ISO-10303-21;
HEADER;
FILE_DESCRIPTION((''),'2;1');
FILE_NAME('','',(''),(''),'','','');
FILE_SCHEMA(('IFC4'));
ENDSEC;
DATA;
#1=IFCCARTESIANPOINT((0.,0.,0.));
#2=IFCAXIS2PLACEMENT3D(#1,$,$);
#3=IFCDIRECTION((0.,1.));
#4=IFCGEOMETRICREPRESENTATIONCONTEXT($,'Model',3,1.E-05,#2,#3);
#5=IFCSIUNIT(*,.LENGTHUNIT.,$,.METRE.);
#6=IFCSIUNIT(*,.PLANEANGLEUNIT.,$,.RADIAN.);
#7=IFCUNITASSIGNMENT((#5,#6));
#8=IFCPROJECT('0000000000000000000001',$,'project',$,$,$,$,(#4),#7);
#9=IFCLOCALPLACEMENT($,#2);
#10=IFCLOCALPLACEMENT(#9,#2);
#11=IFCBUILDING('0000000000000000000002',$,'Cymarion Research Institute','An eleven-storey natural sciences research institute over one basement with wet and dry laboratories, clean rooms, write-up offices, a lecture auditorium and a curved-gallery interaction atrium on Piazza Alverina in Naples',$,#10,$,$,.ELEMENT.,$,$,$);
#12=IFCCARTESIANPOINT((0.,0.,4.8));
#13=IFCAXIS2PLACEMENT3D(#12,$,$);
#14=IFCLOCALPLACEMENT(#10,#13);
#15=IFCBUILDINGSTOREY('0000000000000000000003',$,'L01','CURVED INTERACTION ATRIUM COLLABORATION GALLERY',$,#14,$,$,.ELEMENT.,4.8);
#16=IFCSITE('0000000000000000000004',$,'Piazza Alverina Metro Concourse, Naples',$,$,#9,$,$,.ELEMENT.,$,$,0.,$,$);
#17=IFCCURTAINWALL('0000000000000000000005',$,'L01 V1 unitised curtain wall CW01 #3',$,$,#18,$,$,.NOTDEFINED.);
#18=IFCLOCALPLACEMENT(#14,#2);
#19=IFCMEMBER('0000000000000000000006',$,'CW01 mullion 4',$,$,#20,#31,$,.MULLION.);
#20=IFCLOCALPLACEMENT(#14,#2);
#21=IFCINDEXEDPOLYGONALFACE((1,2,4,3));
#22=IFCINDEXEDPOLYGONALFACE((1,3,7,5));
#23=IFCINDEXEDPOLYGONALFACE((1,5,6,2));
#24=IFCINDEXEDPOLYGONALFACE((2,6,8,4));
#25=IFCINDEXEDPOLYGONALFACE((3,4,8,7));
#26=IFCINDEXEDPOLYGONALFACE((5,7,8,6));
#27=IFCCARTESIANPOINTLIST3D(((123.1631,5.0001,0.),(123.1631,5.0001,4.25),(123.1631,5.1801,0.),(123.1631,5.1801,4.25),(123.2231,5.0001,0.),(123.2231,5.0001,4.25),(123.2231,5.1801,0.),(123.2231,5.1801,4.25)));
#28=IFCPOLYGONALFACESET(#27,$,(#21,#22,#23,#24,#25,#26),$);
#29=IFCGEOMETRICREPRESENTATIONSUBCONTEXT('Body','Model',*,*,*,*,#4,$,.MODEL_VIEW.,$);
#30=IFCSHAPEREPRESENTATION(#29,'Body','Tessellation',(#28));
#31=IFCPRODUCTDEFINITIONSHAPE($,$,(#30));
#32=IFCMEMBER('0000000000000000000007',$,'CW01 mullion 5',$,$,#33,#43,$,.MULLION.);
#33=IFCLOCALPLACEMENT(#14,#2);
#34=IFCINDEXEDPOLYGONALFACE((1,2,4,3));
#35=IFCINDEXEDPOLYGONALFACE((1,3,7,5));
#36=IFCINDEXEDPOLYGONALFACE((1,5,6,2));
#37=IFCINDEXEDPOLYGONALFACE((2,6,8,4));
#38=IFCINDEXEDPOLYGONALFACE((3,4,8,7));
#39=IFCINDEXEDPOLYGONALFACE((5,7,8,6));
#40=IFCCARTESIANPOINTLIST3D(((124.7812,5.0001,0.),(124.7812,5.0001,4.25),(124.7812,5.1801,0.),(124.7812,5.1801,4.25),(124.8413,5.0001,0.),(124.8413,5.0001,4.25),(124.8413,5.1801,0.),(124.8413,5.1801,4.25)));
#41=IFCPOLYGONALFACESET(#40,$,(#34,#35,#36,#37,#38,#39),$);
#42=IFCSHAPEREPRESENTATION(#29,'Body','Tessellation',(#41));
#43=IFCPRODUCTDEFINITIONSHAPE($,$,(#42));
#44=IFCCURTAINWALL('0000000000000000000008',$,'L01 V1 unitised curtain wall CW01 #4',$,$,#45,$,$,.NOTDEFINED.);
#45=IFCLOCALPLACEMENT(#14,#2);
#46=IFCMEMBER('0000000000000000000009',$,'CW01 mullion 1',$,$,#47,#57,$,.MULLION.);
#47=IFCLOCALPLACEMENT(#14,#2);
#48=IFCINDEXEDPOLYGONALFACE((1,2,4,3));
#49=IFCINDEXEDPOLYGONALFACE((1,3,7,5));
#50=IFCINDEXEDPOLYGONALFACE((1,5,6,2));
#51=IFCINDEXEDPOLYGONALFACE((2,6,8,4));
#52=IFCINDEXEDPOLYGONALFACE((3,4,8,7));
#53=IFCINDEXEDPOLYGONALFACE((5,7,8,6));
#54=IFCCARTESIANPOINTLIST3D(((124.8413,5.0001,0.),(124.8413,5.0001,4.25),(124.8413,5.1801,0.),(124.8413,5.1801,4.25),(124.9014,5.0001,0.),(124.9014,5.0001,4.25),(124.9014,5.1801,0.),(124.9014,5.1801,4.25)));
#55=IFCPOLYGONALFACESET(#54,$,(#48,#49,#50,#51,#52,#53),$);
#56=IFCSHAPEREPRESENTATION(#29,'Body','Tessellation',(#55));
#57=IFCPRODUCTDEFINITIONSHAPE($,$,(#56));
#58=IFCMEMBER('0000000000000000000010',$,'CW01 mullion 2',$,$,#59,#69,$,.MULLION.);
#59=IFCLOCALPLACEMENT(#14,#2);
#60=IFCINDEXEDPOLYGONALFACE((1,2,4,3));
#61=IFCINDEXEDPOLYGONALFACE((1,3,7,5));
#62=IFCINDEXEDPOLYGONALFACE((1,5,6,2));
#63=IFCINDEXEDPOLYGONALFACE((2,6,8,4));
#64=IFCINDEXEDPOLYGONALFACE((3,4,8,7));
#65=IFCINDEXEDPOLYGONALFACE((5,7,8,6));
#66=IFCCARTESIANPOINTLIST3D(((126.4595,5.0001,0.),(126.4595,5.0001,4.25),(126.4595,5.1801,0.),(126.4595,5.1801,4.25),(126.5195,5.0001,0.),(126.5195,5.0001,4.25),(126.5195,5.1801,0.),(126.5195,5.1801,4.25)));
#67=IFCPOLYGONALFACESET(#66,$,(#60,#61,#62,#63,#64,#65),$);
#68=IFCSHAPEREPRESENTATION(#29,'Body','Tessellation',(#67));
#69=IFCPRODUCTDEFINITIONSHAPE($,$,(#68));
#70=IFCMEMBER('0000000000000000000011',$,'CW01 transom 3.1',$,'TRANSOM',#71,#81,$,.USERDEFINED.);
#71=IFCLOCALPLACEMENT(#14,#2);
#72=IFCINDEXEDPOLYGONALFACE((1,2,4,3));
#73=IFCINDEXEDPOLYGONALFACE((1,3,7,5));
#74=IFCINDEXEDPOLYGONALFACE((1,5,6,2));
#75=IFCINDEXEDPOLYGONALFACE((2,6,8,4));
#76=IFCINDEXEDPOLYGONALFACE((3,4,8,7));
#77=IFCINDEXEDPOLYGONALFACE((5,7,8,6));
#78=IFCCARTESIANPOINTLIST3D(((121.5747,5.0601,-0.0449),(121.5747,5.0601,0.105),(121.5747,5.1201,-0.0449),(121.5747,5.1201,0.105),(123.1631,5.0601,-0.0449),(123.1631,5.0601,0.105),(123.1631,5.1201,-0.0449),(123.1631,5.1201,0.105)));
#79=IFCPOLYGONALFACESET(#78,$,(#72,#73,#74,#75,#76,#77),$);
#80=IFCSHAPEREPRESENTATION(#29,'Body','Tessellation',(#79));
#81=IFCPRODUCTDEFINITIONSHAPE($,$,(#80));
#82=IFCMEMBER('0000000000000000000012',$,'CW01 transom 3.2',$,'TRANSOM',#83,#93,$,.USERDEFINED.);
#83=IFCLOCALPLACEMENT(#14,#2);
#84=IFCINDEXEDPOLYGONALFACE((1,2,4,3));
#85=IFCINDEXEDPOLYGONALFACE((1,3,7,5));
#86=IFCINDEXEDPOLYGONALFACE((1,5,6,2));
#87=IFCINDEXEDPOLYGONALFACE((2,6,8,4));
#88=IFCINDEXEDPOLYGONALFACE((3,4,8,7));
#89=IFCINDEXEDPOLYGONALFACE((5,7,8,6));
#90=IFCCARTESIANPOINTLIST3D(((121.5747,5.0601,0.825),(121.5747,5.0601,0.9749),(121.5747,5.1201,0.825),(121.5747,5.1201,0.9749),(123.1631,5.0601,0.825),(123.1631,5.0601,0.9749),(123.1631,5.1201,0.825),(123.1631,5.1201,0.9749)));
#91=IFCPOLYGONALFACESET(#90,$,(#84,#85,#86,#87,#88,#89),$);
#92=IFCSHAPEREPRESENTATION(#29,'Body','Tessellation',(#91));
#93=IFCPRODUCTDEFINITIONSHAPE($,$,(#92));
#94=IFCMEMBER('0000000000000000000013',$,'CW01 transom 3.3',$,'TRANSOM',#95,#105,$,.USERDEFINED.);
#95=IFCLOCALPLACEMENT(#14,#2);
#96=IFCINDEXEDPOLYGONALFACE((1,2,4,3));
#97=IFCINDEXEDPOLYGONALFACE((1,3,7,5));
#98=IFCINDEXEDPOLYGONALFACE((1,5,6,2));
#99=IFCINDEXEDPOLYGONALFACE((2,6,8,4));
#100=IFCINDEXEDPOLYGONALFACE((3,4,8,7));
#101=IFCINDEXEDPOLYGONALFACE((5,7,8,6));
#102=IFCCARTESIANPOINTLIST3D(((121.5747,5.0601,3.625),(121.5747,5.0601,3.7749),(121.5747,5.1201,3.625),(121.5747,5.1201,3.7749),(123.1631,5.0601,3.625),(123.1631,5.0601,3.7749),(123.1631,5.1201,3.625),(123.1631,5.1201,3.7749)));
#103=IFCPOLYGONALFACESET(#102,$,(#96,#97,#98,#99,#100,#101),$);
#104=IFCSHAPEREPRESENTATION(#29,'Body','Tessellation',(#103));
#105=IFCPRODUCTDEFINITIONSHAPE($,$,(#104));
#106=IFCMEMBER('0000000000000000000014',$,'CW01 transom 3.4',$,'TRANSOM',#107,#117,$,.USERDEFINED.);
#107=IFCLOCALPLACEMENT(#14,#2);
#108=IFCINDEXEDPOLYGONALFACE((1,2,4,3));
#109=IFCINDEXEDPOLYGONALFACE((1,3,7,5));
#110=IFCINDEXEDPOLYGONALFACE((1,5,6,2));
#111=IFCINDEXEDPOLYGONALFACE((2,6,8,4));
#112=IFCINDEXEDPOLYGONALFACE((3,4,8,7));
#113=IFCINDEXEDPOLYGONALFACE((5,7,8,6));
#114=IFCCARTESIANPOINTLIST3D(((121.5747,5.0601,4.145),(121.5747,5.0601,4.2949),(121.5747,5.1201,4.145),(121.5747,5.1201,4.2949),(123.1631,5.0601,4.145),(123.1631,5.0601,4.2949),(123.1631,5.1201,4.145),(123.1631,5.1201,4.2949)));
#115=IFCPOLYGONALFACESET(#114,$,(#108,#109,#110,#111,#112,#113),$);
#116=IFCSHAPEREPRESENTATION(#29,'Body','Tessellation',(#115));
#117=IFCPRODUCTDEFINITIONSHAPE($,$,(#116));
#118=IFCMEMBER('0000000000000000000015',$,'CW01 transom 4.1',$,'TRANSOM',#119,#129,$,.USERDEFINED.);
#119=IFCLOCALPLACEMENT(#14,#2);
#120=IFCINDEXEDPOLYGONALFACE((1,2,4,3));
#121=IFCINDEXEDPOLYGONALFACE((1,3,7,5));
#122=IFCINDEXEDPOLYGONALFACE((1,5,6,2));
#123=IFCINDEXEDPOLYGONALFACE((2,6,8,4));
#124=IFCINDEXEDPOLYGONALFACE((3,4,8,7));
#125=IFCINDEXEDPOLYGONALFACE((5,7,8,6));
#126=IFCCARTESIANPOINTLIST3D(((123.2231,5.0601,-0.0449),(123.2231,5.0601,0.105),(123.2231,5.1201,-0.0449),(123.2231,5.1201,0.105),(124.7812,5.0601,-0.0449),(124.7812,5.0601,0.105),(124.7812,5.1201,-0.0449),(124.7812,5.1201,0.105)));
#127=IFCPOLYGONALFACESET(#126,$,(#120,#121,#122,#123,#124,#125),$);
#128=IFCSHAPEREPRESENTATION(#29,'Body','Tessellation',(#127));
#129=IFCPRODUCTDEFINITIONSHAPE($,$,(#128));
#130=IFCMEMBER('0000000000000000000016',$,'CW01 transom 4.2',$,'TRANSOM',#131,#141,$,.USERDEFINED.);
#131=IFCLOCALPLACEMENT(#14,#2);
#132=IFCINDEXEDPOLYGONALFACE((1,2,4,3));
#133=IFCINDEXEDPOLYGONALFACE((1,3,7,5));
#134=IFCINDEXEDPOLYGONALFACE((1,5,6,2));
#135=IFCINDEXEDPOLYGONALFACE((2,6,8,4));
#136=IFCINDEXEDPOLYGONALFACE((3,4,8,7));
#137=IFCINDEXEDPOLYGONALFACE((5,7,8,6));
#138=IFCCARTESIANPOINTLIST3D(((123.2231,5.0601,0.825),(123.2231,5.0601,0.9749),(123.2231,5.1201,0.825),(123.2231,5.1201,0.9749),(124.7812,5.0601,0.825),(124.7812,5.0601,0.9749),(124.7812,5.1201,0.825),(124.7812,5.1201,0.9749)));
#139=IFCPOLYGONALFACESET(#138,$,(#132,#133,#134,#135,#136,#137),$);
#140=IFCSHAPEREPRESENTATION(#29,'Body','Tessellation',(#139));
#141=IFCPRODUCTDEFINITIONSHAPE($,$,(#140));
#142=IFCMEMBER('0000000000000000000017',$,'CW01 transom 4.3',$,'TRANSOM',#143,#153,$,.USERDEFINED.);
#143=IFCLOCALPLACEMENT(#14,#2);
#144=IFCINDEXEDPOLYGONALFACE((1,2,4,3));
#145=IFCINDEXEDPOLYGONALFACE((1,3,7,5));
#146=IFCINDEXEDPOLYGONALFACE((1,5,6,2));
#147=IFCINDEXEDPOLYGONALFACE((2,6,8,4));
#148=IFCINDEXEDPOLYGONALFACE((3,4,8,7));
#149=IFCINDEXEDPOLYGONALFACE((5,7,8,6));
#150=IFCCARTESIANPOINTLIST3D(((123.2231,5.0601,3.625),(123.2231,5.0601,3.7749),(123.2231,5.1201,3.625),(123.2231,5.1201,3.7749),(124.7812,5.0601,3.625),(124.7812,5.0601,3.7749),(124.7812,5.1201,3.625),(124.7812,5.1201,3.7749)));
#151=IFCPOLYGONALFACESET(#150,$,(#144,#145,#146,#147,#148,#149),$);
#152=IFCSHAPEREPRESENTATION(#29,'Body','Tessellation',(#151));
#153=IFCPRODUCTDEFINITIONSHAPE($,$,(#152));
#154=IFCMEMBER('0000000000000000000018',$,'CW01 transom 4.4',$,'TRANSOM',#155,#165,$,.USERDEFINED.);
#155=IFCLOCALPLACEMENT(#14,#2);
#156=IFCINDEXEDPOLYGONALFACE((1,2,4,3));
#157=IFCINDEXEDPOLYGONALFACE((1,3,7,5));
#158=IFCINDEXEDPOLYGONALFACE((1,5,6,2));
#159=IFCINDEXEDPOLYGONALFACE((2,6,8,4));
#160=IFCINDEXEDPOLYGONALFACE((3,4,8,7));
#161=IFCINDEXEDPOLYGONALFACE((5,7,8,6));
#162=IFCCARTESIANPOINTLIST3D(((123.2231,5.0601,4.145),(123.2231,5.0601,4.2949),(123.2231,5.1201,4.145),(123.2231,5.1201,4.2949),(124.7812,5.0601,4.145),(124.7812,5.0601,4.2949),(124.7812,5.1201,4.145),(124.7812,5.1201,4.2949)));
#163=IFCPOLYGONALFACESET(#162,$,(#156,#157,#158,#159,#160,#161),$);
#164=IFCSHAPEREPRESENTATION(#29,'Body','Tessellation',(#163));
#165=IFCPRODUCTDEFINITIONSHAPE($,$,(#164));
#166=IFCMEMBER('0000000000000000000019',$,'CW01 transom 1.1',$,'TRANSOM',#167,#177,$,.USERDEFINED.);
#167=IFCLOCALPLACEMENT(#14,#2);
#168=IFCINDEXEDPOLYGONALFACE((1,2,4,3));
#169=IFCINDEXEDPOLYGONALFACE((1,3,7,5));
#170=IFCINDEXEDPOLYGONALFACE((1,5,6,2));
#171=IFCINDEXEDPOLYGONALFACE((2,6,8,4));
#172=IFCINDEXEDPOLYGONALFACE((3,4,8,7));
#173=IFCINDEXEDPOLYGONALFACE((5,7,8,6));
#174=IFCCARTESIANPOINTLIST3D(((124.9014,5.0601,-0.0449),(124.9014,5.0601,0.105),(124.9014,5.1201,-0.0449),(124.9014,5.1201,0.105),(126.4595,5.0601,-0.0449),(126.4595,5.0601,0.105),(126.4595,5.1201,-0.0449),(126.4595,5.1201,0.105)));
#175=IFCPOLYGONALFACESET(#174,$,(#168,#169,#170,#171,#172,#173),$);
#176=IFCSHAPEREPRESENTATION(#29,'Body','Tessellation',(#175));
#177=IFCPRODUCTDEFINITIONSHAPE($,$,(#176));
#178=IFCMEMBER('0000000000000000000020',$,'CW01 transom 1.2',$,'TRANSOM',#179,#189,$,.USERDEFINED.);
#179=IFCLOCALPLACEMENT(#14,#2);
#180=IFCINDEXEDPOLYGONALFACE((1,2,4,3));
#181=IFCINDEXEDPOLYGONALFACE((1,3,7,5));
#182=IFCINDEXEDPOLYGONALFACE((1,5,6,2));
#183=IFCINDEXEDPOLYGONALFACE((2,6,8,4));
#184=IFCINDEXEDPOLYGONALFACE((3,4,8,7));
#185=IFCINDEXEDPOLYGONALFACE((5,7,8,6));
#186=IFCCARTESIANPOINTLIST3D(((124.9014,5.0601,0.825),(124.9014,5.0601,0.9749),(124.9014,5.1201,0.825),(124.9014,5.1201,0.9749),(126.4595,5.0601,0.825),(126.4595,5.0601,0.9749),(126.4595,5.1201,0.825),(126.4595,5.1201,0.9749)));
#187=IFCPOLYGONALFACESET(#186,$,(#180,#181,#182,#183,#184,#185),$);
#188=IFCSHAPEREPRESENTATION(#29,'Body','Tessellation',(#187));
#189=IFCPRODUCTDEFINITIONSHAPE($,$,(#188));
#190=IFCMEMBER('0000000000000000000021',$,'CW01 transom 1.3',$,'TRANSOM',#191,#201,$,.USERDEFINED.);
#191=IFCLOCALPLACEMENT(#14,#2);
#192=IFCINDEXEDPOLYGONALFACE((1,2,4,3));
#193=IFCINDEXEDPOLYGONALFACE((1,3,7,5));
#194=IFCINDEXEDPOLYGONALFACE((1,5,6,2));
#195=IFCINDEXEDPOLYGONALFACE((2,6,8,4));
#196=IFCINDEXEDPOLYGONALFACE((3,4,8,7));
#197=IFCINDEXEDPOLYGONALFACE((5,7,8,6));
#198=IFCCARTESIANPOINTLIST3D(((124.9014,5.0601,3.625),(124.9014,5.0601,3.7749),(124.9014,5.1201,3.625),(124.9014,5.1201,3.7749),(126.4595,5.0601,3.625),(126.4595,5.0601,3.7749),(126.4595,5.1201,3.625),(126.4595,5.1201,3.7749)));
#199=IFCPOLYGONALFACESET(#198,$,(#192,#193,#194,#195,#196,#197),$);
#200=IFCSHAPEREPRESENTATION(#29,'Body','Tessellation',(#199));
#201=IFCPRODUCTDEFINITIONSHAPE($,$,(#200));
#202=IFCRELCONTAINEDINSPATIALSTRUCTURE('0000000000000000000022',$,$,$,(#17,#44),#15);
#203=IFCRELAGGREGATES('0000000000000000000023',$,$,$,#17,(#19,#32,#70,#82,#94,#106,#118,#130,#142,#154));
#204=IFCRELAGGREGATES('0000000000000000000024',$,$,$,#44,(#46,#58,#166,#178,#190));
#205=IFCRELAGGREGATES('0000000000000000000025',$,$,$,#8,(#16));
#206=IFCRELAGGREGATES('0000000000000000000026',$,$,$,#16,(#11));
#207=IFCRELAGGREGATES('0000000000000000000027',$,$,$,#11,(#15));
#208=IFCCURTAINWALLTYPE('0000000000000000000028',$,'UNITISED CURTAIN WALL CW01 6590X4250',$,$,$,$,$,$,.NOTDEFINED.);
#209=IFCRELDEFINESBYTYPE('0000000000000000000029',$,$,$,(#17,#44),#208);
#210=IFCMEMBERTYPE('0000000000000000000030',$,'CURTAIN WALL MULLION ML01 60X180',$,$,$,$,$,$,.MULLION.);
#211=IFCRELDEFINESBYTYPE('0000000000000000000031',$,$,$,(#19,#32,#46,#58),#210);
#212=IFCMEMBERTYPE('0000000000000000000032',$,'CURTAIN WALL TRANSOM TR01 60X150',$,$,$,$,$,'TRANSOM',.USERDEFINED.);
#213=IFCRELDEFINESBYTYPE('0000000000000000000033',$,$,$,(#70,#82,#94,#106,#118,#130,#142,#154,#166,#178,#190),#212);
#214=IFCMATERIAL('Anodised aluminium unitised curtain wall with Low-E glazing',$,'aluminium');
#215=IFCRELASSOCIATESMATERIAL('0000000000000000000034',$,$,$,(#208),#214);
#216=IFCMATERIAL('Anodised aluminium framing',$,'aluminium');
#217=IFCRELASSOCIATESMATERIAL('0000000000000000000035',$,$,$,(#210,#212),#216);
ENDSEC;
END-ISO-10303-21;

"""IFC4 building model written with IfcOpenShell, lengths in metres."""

from ifc_helpers import new_model, si_unit, direction, frame, origin, origin_2d, place, context, subcontext, project, spatial, rectangle, extrude, material, material_profile, profile_set, type_object, element, aggregate, save


model = new_model("IFC4")

# Units and contexts
model_context = context("Model", 3, precision=1e-05, world=origin(), true_north=direction((0.0, 1.0)))
body_context = subcontext(model_context, "Body", "Model", "MODEL_VIEW")
ifc_project = project(units=[si_unit("LENGTHUNIT", "METRE"), si_unit("PLANEANGLEUNIT", "RADIAN")], contexts=[model_context])

# Site, building, storey
site_placement = place(None, origin())
site = spatial("IfcSite", under=ifc_project, at=site_placement, Name="Piazza Alverina Metro Concourse, Naples", CompositionType="ELEMENT", RefElevation=0.0)
building_placement = place(site_placement, origin())
building = spatial("IfcBuilding", under=site, at=building_placement, Name="Cymarion Research Institute", Description="An eleven-storey natural sciences research institute over one basement with wet and dry laboratories, clean rooms, write-up offices, a lecture auditorium and a curved-gallery interaction atrium on Piazza Alverina in Naples", CompositionType="ELEMENT")
storey_placement = place(building_placement, frame((0.0, 0.0, 4.8)))
storey = spatial("IfcBuildingStorey", under=building, at=storey_placement, Name="L01", Description="CURVED INTERACTION ATRIUM COLLABORATION GALLERY", CompositionType="ELEMENT", Elevation=4.8)

# Curtain walls, members
ifc_material_1 = material(Name="Anodised aluminium unitised curtain wall with Low-E glazing", Category="aluminium")
curtain_wall_type = type_object("IfcCurtainWallType", Name="UNITISED CURTAIN WALL CW01 6590X4250", PredefinedType="NOTDEFINED", material=ifc_material_1)
curtain_wall_1_placement = place(storey_placement, origin())
curtain_wall_1 = element("IfcCurtainWall", 1, at=curtain_wall_1_placement, inside=storey, type_object=curtain_wall_type, Name="L01 V1 unitised curtain wall CW01 #3", PredefinedType="NOTDEFINED")
ifc_material_2 = material(Name="Anodised aluminium framing", Category="aluminium")
ifc_material_profile_1 = material_profile(ifc_material_2, rectangle(XDim=0.0601, YDim=0.1799, at=origin_2d()), Name="ALU MULLION 60x180")
ifc_profile_set_1 = profile_set([ifc_material_profile_1], Name="Anodised aluminium framing")
member_type_1 = type_object("IfcMemberType", Name="CURTAIN WALL MULLION ML01 60X180", PredefinedType="MULLION", material=ifc_profile_set_1)
member_1_placement = place(storey_placement, frame((123.1931, 5.0901, 0.0), z_axis=(0.0, 0.0, 1.0), x_axis=(1.0, 0.0, 0.0)))
member_1 = element("IfcMember", 2, at=member_1_placement, type_object=member_type_1, Name="CW01 mullion 4", PredefinedType="MULLION", context=body_context, shape_type="SweptSolid", body=[
    extrude(rectangle(XDim=0.0601, YDim=0.1799, at=origin_2d()), origin(), (0.0, 0.0, 1.0), 4.25),
])
member_2_placement = place(storey_placement, frame((124.8113, 5.0901, 0.0), z_axis=(0.0, 0.0, 1.0), x_axis=(1.0, 0.0, 0.0)))
member_2 = element("IfcMember", 3, at=member_2_placement, type_object=member_type_1, Name="CW01 mullion 5", PredefinedType="MULLION", context=body_context, shape_type="SweptSolid", body=[
    extrude(rectangle(XDim=0.0601, YDim=0.1799, at=origin_2d()), origin(), (0.0, 0.0, 1.0), 4.25),
])
curtain_wall_2_placement = place(storey_placement, origin())
curtain_wall_2 = element("IfcCurtainWall", 4, at=curtain_wall_2_placement, inside=storey, type_object=curtain_wall_type, Name="L01 V1 unitised curtain wall CW01 #4", PredefinedType="NOTDEFINED")
member_3_placement = place(storey_placement, frame((124.8713, 5.0901, 0.0), z_axis=(0.0, 0.0, 1.0), x_axis=(1.0, 0.0, 0.0)))
member_3 = element("IfcMember", 5, at=member_3_placement, type_object=member_type_1, Name="CW01 mullion 1", PredefinedType="MULLION", context=body_context, shape_type="SweptSolid", body=[
    extrude(rectangle(XDim=0.0601, YDim=0.1799, at=origin_2d()), origin(), (0.0, 0.0, 1.0), 4.25),
])
member_4_placement = place(storey_placement, frame((126.4895, 5.0901, 0.0), z_axis=(0.0, 0.0, 1.0), x_axis=(1.0, 0.0, 0.0)))
member_4 = element("IfcMember", 6, at=member_4_placement, type_object=member_type_1, Name="CW01 mullion 2", PredefinedType="MULLION", context=body_context, shape_type="SweptSolid", body=[
    extrude(rectangle(XDim=0.0601, YDim=0.1799, at=origin_2d()), origin(), (0.0, 0.0, 1.0), 4.25),
])

# Members
ifc_material_profile_2 = material_profile(ifc_material_2, rectangle(XDim=0.0601, YDim=0.1499, at=origin_2d()), Name="ALU TRANSOM 60x150")
ifc_profile_set_2 = profile_set([ifc_material_profile_2], Name="Anodised aluminium framing")
member_type_2 = type_object("IfcMemberType", Name="CURTAIN WALL TRANSOM TR01 60X150", ElementType="TRANSOM", PredefinedType="USERDEFINED", material=ifc_profile_set_2)
member_5_placement = place(storey_placement, frame((121.5747, 5.0901, 0.03), z_axis=(1.0, 0.0, 0.0), x_axis=(0.0, 1.0, 0.0)))
member_5 = element("IfcMember", 7, at=member_5_placement, type_object=member_type_2, Name="CW01 transom 3.1", ObjectType="TRANSOM", PredefinedType="USERDEFINED", context=body_context, shape_type="SweptSolid", body=[
    extrude(rectangle(XDim=0.0601, YDim=0.1499, at=origin_2d()), origin(), (0.0, 0.0, 1.0), 1.5884),
])
member_6_placement = place(storey_placement, frame((121.5747, 5.0901, 0.8999), z_axis=(1.0, 0.0, 0.0), x_axis=(0.0, 1.0, 0.0)))
member_6 = element("IfcMember", 8, at=member_6_placement, type_object=member_type_2, Name="CW01 transom 3.2", ObjectType="TRANSOM", PredefinedType="USERDEFINED", context=body_context, shape_type="SweptSolid", body=[
    extrude(rectangle(XDim=0.0601, YDim=0.1499, at=origin_2d()), origin(), (0.0, 0.0, 1.0), 1.5884),
])
member_7_placement = place(storey_placement, frame((121.5747, 5.0901, 3.7), z_axis=(1.0, 0.0, 0.0), x_axis=(0.0, 1.0, 0.0)))
member_7 = element("IfcMember", 9, at=member_7_placement, type_object=member_type_2, Name="CW01 transom 3.3", ObjectType="TRANSOM", PredefinedType="USERDEFINED", context=body_context, shape_type="SweptSolid", body=[
    extrude(rectangle(XDim=0.0601, YDim=0.1499, at=origin_2d()), origin(), (0.0, 0.0, 1.0), 1.5884),
])
member_8_placement = place(storey_placement, frame((121.5747, 5.0901, 4.22), z_axis=(1.0, 0.0, 0.0), x_axis=(0.0, 1.0, 0.0)))
member_8 = element("IfcMember", 10, at=member_8_placement, type_object=member_type_2, Name="CW01 transom 3.4", ObjectType="TRANSOM", PredefinedType="USERDEFINED", context=body_context, shape_type="SweptSolid", body=[
    extrude(rectangle(XDim=0.0601, YDim=0.1499, at=origin_2d()), origin(), (0.0, 0.0, 1.0), 1.5884),
])
member_9_placement = place(storey_placement, frame((123.2231, 5.0901, 0.03), z_axis=(1.0, 0.0, 0.0), x_axis=(0.0, 1.0, 0.0)))
member_9 = element("IfcMember", 11, at=member_9_placement, type_object=member_type_2, Name="CW01 transom 4.1", ObjectType="TRANSOM", PredefinedType="USERDEFINED", context=body_context, shape_type="SweptSolid", body=[
    extrude(rectangle(XDim=0.0601, YDim=0.1499, at=origin_2d()), origin(), (0.0, 0.0, 1.0), 1.5581),
])
member_10_placement = place(storey_placement, frame((123.2231, 5.0901, 0.8999), z_axis=(1.0, 0.0, 0.0), x_axis=(0.0, 1.0, 0.0)))
member_10 = element("IfcMember", 12, at=member_10_placement, type_object=member_type_2, Name="CW01 transom 4.2", ObjectType="TRANSOM", PredefinedType="USERDEFINED", context=body_context, shape_type="SweptSolid", body=[
    extrude(rectangle(XDim=0.0601, YDim=0.1499, at=origin_2d()), origin(), (0.0, 0.0, 1.0), 1.5581),
])
member_11_placement = place(storey_placement, frame((123.2231, 5.0901, 3.7), z_axis=(1.0, 0.0, 0.0), x_axis=(0.0, 1.0, 0.0)))
member_11 = element("IfcMember", 13, at=member_11_placement, type_object=member_type_2, Name="CW01 transom 4.3", ObjectType="TRANSOM", PredefinedType="USERDEFINED", context=body_context, shape_type="SweptSolid", body=[
    extrude(rectangle(XDim=0.0601, YDim=0.1499, at=origin_2d()), origin(), (0.0, 0.0, 1.0), 1.5581),
])
member_12_placement = place(storey_placement, frame((123.2231, 5.0901, 4.22), z_axis=(1.0, 0.0, 0.0), x_axis=(0.0, 1.0, 0.0)))
member_12 = element("IfcMember", 14, at=member_12_placement, type_object=member_type_2, Name="CW01 transom 4.4", ObjectType="TRANSOM", PredefinedType="USERDEFINED", context=body_context, shape_type="SweptSolid", body=[
    extrude(rectangle(XDim=0.0601, YDim=0.1499, at=origin_2d()), origin(), (0.0, 0.0, 1.0), 1.5581),
])
member_13_placement = place(storey_placement, frame((124.9014, 5.0901, 0.03), z_axis=(1.0, 0.0, 0.0), x_axis=(0.0, 1.0, 0.0)))
member_13 = element("IfcMember", 15, at=member_13_placement, type_object=member_type_2, Name="CW01 transom 1.1", ObjectType="TRANSOM", PredefinedType="USERDEFINED", context=body_context, shape_type="SweptSolid", body=[
    extrude(rectangle(XDim=0.0601, YDim=0.1499, at=origin_2d()), origin(), (0.0, 0.0, 1.0), 1.5581),
])
member_14_placement = place(storey_placement, frame((124.9014, 5.0901, 0.8999), z_axis=(1.0, 0.0, 0.0), x_axis=(0.0, 1.0, 0.0)))
member_14 = element("IfcMember", 16, at=member_14_placement, type_object=member_type_2, Name="CW01 transom 1.2", ObjectType="TRANSOM", PredefinedType="USERDEFINED", context=body_context, shape_type="SweptSolid", body=[
    extrude(rectangle(XDim=0.0601, YDim=0.1499, at=origin_2d()), origin(), (0.0, 0.0, 1.0), 1.5581),
])
member_15_placement = place(storey_placement, frame((124.9014, 5.0901, 3.7), z_axis=(1.0, 0.0, 0.0), x_axis=(0.0, 1.0, 0.0)))
member_15 = element("IfcMember", 17, at=member_15_placement, type_object=member_type_2, Name="CW01 transom 1.3", ObjectType="TRANSOM", PredefinedType="USERDEFINED", context=body_context, shape_type="SweptSolid", body=[
    extrude(rectangle(XDim=0.0601, YDim=0.1499, at=origin_2d()), origin(), (0.0, 0.0, 1.0), 1.5581),
])

aggregate(curtain_wall_1, [member_1, member_2, member_5, member_6, member_7, member_8, member_9, member_10, member_11, member_12])
aggregate(curtain_wall_2, [member_3, member_4, member_13, member_14, member_15])

save(model, "model.ifc")
